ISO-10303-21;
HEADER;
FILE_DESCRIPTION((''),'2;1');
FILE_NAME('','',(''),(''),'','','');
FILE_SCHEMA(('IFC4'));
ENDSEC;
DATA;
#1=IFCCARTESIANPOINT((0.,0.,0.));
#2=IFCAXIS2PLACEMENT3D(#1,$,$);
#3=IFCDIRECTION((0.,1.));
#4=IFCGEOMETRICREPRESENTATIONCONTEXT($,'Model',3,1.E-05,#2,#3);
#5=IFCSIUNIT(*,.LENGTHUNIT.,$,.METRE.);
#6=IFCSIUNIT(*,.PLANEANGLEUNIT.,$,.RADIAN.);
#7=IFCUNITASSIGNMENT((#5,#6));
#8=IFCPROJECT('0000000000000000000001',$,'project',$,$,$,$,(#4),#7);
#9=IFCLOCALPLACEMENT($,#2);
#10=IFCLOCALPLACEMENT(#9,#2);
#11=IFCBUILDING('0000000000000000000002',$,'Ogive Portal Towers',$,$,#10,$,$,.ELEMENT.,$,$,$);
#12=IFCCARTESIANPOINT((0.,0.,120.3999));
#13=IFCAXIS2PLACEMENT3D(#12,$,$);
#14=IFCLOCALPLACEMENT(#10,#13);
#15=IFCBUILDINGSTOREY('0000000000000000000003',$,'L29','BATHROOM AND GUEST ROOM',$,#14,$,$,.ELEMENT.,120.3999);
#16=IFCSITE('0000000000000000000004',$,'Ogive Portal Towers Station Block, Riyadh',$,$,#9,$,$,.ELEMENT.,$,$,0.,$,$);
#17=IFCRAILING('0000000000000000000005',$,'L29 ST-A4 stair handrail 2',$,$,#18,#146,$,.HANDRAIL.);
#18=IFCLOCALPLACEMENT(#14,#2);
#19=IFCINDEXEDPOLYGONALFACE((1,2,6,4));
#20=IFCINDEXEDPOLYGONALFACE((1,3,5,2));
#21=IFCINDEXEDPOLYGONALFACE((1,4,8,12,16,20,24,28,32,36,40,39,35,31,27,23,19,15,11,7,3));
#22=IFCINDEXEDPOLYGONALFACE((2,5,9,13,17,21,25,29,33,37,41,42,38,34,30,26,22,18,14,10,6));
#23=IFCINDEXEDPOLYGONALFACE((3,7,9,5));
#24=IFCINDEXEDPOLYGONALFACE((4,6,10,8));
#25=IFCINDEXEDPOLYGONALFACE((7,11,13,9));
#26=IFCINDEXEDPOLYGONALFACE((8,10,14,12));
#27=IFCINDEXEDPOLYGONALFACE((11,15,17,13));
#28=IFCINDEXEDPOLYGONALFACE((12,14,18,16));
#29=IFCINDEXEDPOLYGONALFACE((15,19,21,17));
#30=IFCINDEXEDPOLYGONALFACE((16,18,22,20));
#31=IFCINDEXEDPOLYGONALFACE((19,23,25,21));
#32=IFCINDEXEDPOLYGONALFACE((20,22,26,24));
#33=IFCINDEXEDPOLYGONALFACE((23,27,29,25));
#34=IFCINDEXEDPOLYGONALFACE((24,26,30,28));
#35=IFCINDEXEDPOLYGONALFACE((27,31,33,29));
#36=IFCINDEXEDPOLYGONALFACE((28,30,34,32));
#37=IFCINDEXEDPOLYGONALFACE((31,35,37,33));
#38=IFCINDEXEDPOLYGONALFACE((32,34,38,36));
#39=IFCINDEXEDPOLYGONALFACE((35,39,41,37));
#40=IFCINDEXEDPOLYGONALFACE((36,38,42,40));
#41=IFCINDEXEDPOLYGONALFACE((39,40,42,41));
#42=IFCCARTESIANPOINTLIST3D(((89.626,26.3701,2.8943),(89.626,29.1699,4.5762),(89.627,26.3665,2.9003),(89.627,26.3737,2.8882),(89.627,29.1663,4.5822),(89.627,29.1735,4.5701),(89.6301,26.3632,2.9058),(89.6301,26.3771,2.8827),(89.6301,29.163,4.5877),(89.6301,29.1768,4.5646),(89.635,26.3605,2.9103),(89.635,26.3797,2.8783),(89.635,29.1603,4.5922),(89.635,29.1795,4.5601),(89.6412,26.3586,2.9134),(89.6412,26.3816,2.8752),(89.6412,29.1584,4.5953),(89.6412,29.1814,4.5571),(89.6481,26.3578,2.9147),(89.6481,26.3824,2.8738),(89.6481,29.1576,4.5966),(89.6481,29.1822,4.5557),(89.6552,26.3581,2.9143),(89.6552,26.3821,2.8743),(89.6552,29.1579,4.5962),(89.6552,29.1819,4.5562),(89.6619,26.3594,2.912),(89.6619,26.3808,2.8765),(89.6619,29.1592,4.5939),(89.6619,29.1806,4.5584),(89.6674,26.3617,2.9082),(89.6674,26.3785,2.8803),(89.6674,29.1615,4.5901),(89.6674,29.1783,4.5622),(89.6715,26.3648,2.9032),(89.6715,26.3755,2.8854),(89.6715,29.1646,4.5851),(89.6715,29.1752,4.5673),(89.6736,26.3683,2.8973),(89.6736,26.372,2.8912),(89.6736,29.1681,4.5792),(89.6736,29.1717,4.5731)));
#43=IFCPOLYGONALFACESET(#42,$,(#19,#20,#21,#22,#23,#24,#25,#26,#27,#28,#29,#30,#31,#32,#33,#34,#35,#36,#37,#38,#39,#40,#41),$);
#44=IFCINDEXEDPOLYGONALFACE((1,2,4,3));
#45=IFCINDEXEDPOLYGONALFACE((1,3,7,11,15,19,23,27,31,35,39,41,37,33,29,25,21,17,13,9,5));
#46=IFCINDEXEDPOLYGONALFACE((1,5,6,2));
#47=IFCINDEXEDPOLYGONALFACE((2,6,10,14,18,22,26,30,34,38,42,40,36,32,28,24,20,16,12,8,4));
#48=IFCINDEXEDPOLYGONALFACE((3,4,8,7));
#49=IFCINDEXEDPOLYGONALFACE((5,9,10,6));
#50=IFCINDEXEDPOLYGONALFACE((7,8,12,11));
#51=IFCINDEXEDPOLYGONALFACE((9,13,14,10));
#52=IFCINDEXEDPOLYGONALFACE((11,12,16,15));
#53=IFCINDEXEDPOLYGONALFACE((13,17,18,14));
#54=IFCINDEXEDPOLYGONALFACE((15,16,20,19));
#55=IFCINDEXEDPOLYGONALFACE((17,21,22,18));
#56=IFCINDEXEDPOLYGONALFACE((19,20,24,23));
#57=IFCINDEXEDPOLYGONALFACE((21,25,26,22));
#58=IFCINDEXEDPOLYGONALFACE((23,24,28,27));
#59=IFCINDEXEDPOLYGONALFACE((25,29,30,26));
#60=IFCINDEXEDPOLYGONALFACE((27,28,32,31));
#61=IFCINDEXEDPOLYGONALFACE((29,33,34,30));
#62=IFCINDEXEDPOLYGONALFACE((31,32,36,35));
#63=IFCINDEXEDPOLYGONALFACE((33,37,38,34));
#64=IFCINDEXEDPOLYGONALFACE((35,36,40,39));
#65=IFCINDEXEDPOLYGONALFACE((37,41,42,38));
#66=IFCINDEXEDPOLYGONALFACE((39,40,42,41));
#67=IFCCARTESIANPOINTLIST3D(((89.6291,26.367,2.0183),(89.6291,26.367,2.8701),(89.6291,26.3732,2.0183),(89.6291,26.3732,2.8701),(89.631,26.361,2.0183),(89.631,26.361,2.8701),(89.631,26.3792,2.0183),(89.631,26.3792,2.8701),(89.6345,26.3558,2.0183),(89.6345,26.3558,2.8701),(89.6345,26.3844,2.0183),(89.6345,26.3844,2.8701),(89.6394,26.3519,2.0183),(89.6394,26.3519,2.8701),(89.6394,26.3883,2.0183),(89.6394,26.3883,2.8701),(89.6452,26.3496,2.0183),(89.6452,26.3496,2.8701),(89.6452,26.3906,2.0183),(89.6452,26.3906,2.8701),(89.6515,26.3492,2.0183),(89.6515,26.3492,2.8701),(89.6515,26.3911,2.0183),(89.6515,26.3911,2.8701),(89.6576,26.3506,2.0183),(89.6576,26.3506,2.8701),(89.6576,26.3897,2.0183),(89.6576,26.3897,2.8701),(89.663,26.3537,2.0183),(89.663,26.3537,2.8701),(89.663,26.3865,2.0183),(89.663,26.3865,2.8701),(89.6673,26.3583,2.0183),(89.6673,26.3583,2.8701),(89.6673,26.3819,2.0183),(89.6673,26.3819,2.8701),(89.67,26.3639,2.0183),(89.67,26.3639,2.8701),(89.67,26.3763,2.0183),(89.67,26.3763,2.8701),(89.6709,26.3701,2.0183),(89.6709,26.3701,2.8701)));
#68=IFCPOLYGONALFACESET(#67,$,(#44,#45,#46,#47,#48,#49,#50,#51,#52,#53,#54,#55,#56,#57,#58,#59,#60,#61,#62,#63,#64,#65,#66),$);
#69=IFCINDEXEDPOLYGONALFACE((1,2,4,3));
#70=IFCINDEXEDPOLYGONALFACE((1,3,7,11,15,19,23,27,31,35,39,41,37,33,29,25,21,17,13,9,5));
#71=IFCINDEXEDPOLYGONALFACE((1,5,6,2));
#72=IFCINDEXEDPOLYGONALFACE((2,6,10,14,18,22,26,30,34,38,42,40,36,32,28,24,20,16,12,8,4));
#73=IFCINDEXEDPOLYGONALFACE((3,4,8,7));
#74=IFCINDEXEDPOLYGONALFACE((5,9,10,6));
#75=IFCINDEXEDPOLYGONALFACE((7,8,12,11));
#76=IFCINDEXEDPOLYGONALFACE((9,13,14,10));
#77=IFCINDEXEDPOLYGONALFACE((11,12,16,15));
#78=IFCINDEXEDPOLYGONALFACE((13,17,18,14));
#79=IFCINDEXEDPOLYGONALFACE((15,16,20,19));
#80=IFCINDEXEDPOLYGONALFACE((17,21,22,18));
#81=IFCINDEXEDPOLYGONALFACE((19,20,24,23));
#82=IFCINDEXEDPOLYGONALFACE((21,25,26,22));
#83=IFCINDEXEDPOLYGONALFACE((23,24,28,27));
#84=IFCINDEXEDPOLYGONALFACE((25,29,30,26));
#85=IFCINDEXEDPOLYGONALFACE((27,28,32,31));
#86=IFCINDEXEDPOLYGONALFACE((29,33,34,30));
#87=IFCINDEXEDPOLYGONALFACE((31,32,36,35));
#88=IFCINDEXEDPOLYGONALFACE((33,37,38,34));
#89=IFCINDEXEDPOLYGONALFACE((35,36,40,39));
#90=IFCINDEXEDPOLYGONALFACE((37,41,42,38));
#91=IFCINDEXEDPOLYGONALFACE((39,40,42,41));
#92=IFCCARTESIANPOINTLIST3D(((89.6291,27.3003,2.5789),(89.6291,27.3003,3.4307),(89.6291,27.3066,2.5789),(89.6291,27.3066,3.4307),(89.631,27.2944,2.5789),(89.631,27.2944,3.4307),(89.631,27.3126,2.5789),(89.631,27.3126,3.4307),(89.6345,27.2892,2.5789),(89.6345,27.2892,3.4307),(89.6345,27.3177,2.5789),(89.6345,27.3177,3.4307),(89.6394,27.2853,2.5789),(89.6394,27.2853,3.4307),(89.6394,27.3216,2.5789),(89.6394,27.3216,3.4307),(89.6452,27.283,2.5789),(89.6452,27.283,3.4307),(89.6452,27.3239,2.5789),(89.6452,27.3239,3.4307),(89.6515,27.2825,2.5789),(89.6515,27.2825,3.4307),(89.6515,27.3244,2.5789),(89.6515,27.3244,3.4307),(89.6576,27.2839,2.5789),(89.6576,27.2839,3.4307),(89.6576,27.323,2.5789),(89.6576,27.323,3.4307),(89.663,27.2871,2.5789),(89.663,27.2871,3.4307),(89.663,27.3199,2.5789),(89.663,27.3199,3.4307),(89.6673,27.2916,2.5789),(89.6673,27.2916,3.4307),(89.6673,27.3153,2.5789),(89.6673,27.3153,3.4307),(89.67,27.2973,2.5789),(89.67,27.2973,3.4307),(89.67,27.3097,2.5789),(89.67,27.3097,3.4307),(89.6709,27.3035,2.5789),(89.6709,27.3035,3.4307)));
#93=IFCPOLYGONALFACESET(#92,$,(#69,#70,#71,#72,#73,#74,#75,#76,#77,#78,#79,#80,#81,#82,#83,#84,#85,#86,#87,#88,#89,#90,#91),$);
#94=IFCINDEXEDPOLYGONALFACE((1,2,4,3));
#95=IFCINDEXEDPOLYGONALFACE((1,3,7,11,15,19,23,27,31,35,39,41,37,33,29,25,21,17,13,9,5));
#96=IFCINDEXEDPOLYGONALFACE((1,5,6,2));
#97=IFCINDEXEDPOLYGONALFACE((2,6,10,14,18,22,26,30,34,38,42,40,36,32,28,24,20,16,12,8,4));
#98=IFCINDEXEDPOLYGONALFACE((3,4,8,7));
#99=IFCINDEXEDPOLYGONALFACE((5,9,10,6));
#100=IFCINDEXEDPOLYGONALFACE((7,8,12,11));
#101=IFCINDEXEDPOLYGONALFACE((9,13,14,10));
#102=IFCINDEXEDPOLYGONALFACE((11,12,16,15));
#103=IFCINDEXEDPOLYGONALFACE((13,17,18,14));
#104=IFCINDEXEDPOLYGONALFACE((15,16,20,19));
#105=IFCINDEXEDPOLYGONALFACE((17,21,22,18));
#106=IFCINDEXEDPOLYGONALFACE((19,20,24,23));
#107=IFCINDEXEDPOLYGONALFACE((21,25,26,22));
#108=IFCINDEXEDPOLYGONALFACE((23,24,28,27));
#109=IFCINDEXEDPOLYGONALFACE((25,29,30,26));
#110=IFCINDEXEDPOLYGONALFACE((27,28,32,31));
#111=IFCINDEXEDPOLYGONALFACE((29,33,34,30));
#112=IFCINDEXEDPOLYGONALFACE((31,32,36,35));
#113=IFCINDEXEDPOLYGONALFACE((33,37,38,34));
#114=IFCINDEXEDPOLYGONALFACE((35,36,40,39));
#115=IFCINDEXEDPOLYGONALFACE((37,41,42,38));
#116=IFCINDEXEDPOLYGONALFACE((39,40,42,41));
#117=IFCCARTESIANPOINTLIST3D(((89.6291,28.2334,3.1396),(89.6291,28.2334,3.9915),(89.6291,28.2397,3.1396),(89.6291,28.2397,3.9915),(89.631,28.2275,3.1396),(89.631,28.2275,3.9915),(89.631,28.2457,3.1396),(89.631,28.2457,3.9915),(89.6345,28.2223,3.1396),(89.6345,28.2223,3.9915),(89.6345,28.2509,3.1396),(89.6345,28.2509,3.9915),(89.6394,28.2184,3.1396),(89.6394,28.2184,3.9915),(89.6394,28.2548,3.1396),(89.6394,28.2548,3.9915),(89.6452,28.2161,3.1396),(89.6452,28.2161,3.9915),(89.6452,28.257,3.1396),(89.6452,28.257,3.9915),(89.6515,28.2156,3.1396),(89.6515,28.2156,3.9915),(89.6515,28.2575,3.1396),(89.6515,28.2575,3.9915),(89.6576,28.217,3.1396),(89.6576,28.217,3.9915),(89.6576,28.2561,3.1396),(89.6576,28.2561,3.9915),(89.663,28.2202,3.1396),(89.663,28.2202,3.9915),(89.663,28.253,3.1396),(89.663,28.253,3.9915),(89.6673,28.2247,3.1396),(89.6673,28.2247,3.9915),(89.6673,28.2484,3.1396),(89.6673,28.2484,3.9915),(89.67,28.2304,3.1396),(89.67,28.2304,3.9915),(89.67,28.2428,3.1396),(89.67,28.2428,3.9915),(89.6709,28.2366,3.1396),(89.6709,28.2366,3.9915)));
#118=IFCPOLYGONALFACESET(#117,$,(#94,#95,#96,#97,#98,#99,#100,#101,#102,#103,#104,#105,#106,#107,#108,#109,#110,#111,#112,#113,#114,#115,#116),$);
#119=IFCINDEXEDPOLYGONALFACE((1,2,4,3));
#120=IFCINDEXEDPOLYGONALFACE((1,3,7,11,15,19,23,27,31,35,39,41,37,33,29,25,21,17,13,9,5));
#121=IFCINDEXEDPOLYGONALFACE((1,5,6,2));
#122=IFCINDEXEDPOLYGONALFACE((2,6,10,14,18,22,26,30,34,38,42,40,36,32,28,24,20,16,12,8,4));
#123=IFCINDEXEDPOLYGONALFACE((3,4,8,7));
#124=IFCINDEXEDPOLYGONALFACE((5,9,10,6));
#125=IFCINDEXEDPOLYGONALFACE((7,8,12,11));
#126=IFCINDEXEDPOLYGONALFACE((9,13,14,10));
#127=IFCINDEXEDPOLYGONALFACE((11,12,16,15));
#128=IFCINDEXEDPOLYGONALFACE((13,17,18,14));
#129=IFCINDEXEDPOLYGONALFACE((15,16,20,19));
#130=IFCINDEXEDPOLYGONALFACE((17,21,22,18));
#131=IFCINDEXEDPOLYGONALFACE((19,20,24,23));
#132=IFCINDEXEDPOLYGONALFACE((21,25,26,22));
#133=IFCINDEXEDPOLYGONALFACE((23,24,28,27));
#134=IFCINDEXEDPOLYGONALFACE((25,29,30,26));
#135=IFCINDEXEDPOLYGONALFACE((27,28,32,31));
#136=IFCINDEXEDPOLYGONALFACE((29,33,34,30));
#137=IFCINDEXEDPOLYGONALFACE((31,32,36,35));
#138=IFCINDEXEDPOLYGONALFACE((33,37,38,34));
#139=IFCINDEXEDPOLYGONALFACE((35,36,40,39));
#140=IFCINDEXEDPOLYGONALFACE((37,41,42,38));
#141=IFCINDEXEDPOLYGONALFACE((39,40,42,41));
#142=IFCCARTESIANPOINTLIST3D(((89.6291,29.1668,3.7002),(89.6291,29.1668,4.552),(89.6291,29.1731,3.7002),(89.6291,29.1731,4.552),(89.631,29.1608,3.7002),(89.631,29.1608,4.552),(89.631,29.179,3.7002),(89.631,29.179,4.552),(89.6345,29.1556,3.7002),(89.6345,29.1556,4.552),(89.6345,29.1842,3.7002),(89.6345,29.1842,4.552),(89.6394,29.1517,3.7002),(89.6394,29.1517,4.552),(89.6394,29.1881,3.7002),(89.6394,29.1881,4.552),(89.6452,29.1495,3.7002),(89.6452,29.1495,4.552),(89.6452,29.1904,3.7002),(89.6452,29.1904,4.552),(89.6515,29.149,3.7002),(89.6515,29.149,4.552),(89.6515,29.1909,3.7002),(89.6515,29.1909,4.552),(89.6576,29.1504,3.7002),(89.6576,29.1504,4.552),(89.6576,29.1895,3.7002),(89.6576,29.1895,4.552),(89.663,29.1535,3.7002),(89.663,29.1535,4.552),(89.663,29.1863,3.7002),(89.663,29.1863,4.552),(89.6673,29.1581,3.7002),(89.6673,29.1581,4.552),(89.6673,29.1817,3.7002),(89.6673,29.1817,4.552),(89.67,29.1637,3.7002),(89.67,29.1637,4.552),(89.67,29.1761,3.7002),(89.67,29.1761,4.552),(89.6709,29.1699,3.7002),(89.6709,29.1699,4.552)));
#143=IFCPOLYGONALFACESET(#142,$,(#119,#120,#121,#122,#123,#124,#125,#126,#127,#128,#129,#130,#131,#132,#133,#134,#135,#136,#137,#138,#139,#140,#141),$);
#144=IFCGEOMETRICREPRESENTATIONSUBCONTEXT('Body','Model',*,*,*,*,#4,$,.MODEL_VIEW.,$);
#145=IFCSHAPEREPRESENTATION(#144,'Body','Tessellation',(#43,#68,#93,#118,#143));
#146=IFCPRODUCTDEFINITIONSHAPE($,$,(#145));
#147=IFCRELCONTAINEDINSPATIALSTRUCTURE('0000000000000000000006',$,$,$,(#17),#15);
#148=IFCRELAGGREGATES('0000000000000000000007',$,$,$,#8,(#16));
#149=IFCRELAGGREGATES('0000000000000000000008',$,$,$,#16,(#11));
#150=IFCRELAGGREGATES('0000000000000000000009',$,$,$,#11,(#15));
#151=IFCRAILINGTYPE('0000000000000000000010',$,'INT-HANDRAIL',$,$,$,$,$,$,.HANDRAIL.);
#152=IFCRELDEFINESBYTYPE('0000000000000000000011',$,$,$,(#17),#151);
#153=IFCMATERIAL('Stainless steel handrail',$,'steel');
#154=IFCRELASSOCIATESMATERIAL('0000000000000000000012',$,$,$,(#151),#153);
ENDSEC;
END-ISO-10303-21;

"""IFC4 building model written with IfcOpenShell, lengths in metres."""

from ifc_helpers import new_model, si_unit, direction, frame, origin, origin_2d, place, context, subcontext, project, spatial, circle, extrude, material, type_object, element, save


model = new_model("IFC4")

# Units and contexts
model_context = context("Model", 3, precision=1e-05, world=origin(), true_north=direction((0.0, 1.0)))
body_context = subcontext(model_context, "Body", "Model", "MODEL_VIEW")
ifc_project = project(units=[si_unit("LENGTHUNIT", "METRE"), si_unit("PLANEANGLEUNIT", "RADIAN")], contexts=[model_context])

# Site, building, storey
site_placement = place(None, origin())
site = spatial("IfcSite", under=ifc_project, at=site_placement, Name="Ogive Portal Towers Station Block, Riyadh", CompositionType="ELEMENT", RefElevation=0.0)
building_placement = place(site_placement, origin())
building = spatial("IfcBuilding", under=site, at=building_placement, Name="Ogive Portal Towers", CompositionType="ELEMENT")
storey_placement = place(building_placement, frame((0.0, 0.0, 120.3999)))
storey = spatial("IfcBuildingStorey", under=building, at=storey_placement, Name="L29", Description="BATHROOM AND GUEST ROOM", CompositionType="ELEMENT", Elevation=120.3999)

# Railing
ifc_material_1 = material(Name="Stainless steel handrail", Category="steel")
railing_type_1 = type_object("IfcRailingType", Name="INT-HANDRAIL", PredefinedType="HANDRAIL", material=ifc_material_1)
railing_1_placement = place(storey_placement, frame((89.6499, 26.3701, 2.0183)))
element("IfcRailing", 1, at=railing_1_placement, inside=storey, type_object=railing_type_1, Name="L29 ST-A4 stair handrail 2", PredefinedType="HANDRAIL", context=body_context, shape_type="SweptSolid", body=[
    extrude(circle(Radius=0.0239, at=origin_2d()), frame((0.0, 0.0, 0.876), z_axis=(0.0, 0.857222, 0.514946), x_axis=(-1.0, 0.0, 0.0)), (0.0, 0.0, 1.0), 3.2661),
    extrude(circle(Radius=0.021, at=origin_2d()), origin(), (0.0, 0.0, 1.0), 0.8518),
    extrude(circle(Radius=0.021, at=origin_2d()), frame((0.0, 0.9333, 0.5605)), (0.0, 0.0, 1.0), 0.8518),
    extrude(circle(Radius=0.021, at=origin_2d()), frame((0.0, 1.8665, 1.1213)), (0.0, 0.0, 1.0), 0.8518),
    extrude(circle(Radius=0.021, at=origin_2d()), frame((0.0, 2.7998, 1.6819)), (0.0, 0.0, 1.0), 0.8518),
])

save(model, "model.ifc")
